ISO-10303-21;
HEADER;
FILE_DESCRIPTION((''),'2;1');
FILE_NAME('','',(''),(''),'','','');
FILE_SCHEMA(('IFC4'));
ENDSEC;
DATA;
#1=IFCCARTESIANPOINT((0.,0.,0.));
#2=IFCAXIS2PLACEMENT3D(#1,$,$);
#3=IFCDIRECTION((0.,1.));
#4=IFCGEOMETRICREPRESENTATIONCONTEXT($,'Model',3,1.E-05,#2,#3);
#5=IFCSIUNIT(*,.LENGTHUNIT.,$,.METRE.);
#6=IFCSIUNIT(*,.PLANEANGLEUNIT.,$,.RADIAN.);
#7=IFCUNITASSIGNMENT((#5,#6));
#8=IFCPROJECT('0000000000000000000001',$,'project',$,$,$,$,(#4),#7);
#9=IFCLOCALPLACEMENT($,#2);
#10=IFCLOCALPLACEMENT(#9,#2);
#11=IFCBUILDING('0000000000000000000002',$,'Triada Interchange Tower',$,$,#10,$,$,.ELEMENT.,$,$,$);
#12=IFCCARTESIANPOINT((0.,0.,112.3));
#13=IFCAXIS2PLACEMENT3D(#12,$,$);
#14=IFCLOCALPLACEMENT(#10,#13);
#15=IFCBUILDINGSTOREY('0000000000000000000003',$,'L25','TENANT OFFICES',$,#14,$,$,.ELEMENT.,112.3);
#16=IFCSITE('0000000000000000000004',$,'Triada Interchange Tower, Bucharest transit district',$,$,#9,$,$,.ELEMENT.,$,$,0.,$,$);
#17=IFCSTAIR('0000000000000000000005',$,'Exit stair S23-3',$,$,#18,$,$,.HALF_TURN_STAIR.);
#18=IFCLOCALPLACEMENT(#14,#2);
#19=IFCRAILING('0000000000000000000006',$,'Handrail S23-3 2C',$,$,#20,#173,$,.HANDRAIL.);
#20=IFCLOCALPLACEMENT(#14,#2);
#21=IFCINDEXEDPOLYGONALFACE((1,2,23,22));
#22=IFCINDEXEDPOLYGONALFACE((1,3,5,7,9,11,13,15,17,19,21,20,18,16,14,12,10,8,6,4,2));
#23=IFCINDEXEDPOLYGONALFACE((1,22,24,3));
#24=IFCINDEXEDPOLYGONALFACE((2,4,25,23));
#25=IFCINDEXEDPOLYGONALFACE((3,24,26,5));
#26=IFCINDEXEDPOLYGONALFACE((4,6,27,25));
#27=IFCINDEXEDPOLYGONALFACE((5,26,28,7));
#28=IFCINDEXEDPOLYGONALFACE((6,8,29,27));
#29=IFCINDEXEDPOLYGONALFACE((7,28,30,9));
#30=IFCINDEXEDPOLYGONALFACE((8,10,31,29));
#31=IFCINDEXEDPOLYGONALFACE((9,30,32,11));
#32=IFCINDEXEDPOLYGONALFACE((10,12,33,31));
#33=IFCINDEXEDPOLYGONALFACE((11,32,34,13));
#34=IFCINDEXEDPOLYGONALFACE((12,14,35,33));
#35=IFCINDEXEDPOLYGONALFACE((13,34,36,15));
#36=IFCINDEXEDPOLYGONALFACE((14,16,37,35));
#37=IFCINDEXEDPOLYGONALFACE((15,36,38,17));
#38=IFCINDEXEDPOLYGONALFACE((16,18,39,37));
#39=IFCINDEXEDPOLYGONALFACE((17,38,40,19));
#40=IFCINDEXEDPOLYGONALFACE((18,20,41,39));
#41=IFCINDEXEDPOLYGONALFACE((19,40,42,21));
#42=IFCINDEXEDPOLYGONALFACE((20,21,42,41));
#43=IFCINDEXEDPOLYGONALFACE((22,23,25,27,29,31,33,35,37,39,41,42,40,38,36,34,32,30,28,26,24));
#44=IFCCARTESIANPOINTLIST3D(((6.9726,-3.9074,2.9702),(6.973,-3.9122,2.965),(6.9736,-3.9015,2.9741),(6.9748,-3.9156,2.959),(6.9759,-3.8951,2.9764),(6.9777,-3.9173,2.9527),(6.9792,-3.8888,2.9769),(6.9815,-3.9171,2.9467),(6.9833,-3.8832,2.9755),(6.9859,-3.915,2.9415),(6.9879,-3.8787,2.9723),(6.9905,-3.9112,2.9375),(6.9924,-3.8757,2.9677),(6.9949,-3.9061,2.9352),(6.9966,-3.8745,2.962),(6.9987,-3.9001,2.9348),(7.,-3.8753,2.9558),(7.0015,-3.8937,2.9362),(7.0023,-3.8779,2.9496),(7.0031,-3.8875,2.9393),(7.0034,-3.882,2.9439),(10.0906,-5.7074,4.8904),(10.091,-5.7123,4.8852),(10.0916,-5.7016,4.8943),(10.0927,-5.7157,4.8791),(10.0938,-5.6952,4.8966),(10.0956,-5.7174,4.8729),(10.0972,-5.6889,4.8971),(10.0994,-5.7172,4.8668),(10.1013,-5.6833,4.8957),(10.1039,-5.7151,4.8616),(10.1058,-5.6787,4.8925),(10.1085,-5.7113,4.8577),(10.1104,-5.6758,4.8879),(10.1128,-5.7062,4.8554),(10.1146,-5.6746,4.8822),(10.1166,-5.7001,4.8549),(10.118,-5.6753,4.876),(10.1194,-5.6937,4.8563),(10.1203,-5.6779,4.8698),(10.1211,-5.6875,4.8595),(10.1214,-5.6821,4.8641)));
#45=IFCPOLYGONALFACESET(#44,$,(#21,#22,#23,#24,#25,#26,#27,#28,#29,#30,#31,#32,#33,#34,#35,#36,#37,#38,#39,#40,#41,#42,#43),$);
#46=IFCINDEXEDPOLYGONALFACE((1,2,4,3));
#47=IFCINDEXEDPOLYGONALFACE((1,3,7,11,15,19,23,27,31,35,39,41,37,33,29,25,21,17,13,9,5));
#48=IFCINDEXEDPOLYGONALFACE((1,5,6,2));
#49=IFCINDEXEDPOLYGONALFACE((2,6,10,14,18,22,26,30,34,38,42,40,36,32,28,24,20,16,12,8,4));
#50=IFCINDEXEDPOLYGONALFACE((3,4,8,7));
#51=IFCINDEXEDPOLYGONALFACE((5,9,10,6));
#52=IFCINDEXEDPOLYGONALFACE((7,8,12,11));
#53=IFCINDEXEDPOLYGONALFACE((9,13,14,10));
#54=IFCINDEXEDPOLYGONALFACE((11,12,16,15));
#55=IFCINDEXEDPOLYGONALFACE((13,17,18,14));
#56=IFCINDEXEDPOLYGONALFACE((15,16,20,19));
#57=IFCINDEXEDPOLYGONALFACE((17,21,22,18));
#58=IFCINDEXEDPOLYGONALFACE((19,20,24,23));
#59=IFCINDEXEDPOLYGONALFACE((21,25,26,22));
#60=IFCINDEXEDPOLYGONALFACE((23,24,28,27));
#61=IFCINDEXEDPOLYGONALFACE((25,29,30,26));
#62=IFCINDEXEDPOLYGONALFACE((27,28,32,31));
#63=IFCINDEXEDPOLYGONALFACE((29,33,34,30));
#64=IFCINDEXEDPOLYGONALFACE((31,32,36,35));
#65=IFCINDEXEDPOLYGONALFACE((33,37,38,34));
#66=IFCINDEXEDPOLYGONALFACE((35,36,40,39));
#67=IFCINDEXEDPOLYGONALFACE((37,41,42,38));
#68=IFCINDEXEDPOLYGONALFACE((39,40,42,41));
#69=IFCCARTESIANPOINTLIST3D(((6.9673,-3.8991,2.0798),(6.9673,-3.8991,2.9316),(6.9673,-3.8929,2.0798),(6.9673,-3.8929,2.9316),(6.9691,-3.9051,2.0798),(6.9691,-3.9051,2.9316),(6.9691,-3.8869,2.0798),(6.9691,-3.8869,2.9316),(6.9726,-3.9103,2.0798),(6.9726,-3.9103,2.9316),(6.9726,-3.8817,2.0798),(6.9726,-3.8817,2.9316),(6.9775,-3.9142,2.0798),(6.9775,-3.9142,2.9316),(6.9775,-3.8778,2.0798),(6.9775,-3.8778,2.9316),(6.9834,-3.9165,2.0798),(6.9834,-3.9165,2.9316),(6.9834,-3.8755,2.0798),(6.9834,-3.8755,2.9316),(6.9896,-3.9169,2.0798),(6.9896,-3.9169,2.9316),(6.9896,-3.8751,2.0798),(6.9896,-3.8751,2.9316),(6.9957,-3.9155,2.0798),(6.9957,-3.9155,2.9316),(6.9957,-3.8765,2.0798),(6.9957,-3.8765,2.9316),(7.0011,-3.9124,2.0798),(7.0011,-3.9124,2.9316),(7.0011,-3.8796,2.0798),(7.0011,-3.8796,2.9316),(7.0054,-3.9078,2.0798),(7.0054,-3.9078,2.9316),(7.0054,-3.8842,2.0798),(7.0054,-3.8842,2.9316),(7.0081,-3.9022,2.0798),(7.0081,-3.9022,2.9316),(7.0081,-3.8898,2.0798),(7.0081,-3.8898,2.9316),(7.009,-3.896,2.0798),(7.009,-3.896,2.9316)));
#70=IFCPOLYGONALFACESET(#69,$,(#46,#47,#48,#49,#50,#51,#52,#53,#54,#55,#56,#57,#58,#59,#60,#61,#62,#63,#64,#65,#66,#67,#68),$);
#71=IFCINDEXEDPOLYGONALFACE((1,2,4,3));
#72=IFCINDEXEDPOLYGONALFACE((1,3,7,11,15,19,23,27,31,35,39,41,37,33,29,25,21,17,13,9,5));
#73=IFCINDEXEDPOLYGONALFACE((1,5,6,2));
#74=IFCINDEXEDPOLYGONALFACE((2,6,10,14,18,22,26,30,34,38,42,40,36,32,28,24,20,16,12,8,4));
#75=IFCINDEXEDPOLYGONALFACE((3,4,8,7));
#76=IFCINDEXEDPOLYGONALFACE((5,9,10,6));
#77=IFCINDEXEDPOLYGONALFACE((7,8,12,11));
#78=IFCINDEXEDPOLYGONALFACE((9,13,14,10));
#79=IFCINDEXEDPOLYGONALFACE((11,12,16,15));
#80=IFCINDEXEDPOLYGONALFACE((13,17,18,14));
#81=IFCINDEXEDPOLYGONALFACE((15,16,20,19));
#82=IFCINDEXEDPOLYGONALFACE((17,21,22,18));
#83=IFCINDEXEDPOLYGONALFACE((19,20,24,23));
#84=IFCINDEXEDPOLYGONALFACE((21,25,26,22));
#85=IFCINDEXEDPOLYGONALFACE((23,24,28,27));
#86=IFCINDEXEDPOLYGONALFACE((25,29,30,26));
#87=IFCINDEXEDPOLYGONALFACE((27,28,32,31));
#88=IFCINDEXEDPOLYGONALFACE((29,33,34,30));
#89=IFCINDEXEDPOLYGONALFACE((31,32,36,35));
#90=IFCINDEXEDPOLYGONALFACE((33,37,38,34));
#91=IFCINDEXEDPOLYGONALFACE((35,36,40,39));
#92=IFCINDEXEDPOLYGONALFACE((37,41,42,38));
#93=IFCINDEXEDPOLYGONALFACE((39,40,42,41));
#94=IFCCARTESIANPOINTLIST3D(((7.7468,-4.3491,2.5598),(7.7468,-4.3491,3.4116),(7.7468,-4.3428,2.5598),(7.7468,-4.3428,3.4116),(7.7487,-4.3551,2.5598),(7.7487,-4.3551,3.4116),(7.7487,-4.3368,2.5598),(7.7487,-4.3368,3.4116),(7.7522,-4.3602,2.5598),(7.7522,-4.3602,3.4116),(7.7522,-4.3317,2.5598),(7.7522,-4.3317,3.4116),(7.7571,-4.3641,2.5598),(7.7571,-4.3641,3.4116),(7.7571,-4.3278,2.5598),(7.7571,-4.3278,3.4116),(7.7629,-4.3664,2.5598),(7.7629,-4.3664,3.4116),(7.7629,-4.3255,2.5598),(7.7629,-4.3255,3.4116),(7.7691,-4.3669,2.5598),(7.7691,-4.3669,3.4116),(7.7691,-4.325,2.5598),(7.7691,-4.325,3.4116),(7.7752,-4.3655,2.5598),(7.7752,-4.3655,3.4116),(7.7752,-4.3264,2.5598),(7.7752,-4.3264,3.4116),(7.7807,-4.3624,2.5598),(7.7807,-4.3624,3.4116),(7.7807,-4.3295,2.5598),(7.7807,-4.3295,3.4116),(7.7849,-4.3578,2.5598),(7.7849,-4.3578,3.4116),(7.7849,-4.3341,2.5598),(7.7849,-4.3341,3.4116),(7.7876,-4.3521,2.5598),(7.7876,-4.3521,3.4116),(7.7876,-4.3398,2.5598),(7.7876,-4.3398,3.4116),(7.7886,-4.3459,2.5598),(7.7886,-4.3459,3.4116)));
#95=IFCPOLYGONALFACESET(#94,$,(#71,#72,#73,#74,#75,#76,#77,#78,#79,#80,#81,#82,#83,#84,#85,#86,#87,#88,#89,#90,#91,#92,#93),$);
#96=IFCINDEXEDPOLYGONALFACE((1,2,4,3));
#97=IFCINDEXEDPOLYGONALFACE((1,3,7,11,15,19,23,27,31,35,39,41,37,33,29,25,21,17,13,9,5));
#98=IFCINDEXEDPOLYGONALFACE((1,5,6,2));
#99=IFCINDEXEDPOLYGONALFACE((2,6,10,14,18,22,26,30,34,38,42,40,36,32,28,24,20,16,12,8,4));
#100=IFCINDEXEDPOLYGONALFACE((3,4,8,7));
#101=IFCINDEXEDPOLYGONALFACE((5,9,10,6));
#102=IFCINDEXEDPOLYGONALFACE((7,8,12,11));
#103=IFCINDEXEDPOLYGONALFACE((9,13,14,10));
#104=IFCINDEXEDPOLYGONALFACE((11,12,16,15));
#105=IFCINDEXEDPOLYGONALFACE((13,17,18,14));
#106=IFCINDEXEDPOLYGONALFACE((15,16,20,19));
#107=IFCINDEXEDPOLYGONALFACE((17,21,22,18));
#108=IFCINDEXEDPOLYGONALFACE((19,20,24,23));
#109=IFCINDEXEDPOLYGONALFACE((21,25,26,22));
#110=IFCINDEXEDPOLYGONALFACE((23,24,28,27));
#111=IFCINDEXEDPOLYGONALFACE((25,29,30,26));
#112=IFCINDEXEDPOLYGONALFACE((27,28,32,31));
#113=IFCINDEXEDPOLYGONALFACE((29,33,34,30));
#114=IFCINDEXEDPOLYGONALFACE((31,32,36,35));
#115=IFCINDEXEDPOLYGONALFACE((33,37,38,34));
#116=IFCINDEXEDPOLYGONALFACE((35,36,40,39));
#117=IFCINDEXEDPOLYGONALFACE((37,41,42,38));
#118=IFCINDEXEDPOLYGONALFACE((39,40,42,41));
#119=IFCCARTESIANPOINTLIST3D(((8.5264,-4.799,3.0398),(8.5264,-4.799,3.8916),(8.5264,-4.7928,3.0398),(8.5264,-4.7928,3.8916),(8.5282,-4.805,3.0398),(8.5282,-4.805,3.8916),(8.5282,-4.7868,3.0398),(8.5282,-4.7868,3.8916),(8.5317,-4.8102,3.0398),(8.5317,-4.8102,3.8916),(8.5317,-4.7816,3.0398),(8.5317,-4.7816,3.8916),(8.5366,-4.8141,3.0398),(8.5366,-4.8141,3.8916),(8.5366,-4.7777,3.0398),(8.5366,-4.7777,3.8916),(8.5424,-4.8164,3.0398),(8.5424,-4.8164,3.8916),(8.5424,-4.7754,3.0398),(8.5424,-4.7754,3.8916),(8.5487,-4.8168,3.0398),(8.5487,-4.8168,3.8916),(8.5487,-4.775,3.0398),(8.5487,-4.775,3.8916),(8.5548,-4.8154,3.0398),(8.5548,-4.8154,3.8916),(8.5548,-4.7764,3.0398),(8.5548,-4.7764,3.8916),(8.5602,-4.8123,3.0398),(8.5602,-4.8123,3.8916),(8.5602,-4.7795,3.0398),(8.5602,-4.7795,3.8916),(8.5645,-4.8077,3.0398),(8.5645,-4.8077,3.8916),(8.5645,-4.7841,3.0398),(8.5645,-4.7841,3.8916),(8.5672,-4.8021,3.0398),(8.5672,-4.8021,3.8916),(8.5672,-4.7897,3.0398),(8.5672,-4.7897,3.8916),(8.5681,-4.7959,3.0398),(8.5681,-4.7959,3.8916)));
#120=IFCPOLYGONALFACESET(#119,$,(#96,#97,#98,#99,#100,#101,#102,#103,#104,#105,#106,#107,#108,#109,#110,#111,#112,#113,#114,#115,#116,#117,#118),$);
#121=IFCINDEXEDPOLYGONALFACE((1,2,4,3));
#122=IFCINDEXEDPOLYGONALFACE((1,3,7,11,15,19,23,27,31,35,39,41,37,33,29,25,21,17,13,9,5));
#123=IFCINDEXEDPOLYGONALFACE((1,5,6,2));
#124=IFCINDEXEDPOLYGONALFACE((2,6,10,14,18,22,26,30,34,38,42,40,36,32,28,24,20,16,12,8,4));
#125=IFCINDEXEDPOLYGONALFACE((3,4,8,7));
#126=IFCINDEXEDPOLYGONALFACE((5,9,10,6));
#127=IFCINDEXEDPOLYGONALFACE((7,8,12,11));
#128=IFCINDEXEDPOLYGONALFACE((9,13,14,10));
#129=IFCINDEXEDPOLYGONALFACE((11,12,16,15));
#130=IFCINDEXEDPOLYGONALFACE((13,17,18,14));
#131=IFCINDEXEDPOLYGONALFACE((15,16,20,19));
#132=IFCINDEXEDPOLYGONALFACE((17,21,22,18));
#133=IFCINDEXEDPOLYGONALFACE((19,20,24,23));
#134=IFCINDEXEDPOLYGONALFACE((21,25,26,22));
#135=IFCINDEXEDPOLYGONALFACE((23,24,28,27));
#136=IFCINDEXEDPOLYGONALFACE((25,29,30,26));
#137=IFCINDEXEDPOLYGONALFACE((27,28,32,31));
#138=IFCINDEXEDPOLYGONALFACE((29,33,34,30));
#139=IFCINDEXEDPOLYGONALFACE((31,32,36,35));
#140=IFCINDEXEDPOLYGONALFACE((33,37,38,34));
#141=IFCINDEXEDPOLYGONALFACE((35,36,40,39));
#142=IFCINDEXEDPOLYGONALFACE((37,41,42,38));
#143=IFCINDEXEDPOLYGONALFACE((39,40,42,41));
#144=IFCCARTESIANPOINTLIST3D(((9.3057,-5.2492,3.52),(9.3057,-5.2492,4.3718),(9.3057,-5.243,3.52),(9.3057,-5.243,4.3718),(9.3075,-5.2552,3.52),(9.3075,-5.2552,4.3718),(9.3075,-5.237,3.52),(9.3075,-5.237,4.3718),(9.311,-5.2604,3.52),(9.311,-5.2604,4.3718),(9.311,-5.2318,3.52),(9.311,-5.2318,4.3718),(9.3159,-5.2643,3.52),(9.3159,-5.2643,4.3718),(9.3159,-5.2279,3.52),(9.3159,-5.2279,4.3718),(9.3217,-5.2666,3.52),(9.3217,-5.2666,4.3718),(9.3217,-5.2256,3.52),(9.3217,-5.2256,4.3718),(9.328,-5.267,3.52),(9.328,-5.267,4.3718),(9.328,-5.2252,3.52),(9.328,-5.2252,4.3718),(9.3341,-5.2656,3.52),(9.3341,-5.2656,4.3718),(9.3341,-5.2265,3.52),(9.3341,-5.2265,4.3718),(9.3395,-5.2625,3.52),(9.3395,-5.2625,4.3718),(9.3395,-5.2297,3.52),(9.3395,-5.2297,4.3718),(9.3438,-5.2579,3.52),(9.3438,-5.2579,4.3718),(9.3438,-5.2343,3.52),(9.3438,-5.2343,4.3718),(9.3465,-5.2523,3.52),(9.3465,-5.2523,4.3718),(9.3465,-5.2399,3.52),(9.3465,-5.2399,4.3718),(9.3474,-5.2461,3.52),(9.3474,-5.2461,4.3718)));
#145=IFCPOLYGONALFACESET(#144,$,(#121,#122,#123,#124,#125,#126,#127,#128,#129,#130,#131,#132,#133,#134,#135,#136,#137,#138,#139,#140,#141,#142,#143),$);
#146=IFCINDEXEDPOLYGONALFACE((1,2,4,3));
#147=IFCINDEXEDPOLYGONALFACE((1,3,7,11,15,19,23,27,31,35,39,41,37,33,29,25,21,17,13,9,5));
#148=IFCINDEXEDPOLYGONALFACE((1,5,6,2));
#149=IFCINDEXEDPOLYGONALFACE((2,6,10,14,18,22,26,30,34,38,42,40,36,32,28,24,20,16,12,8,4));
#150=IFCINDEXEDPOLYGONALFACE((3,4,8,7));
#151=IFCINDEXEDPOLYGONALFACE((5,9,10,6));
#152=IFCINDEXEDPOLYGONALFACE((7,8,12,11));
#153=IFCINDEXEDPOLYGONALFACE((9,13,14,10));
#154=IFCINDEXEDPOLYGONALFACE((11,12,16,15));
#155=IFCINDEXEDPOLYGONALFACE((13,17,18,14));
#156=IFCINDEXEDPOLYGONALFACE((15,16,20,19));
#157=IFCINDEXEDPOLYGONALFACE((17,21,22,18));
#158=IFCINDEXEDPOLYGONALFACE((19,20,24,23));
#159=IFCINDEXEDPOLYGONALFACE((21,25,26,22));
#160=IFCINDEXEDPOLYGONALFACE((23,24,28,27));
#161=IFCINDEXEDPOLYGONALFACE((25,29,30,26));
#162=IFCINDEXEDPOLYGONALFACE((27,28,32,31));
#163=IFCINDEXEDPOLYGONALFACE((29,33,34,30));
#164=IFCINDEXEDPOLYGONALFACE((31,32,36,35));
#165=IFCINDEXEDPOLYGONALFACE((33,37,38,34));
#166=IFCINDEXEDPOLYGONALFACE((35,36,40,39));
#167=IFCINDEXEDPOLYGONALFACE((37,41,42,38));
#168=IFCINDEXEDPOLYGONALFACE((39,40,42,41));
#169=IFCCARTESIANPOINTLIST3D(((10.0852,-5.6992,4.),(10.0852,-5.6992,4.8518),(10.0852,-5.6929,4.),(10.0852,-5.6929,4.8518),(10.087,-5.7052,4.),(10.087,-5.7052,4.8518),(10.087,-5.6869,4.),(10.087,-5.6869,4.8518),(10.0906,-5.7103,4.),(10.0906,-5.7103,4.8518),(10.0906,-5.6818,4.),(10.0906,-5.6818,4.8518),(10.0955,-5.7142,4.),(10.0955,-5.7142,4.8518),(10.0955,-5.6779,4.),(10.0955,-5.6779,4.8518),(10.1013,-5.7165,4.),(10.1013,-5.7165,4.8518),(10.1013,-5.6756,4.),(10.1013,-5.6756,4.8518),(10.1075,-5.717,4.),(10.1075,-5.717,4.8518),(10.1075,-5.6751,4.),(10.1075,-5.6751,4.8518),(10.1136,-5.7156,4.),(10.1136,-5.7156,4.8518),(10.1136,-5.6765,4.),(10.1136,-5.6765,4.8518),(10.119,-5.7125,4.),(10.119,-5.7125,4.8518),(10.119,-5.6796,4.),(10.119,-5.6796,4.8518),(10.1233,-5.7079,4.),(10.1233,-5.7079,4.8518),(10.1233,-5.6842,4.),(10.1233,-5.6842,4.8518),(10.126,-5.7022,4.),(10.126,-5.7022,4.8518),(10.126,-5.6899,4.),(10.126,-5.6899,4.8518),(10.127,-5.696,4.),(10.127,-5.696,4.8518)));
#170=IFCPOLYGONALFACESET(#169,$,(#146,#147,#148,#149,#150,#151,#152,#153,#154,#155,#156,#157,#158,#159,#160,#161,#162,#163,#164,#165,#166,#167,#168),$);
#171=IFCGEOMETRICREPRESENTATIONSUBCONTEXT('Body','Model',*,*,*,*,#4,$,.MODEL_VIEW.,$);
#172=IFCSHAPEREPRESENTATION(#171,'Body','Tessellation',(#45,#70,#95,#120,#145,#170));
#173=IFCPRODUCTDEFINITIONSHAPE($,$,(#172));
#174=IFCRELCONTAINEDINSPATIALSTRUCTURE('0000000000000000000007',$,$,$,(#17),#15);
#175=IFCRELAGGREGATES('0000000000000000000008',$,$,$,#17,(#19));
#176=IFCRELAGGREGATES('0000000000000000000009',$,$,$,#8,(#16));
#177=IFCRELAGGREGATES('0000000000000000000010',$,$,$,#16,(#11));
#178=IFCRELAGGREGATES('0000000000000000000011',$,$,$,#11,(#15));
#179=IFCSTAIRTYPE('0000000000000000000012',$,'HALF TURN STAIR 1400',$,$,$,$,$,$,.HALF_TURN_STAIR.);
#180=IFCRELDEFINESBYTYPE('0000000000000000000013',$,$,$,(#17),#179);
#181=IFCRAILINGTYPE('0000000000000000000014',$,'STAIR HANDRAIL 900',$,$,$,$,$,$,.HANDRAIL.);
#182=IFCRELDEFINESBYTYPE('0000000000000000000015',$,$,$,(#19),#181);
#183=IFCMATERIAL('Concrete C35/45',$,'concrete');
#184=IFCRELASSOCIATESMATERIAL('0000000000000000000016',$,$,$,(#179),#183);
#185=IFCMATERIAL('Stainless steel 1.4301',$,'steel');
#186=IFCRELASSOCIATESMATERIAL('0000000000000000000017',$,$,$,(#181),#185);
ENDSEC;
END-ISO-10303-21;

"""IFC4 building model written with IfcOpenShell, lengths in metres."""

from ifc_helpers import new_model, si_unit, direction, frame, origin, origin_2d, place, context, subcontext, project, spatial, circle, extrude, material, type_object, element, aggregate, save


model = new_model("IFC4")

# Units and contexts
model_context = context("Model", 3, precision=1e-05, world=origin(), true_north=direction((0.0, 1.0)))
body_context = subcontext(model_context, "Body", "Model", "MODEL_VIEW")
ifc_project = project(units=[si_unit("LENGTHUNIT", "METRE"), si_unit("PLANEANGLEUNIT", "RADIAN")], contexts=[model_context])

# Site, building, storey
site_placement = place(None, origin())
site = spatial("IfcSite", under=ifc_project, at=site_placement, Name="Triada Interchange Tower, Bucharest transit district", CompositionType="ELEMENT", RefElevation=0.0)
building_placement = place(site_placement, origin())
building = spatial("IfcBuilding", under=site, at=building_placement, Name="Triada Interchange Tower", CompositionType="ELEMENT")
storey_placement = place(building_placement, frame((0.0, 0.0, 112.3)))
storey = spatial("IfcBuildingStorey", under=building, at=storey_placement, Name="L25", Description="TENANT OFFICES", CompositionType="ELEMENT", Elevation=112.3)

# Stair, railing
ifc_material_1 = material(Name="Concrete C35/45", Category="concrete")
stair_type = type_object("IfcStairType", Name="HALF TURN STAIR 1400", PredefinedType="HALF_TURN_STAIR", material=ifc_material_1)
stair_placement = place(storey_placement, origin())
stair = element("IfcStair", 1, at=stair_placement, inside=storey, type_object=stair_type, Name="Exit stair S23-3", PredefinedType="HALF_TURN_STAIR")
ifc_material_2 = material(Name="Stainless steel 1.4301", Category="steel")
railing_type = type_object("IfcRailingType", Name="STAIR HANDRAIL 900", PredefinedType="HANDRAIL", material=ifc_material_2)
railing_1_placement = place(storey_placement, frame((6.988, -3.896, 2.0798)))
railing_1 = element("IfcRailing", 2, at=railing_1_placement, type_object=railing_type, Name="Handrail S23-3 2C", PredefinedType="HANDRAIL", context=body_context, shape_type="SweptSolid", body=[
    extrude(circle(Radius=0.0239, at=origin_2d()), frame((0.0, 0.0, 0.876), z_axis=(0.764145, -0.441159, 0.470597), x_axis=(0.499983, 0.866035, 0.0)), (0.0, 0.0, 1.0), 4.0803),
    extrude(circle(Radius=0.021, at=origin_2d()), origin(), (0.0, 0.0, 1.0), 0.8518),
    extrude(circle(Radius=0.021, at=origin_2d()), frame((0.7795, -0.45, 0.48)), (0.0, 0.0, 1.0), 0.8518),
    extrude(circle(Radius=0.021, at=origin_2d()), frame((1.5591, -0.8999, 0.96)), (0.0, 0.0, 1.0), 0.8518),
    extrude(circle(Radius=0.021, at=origin_2d()), frame((2.3384, -1.3501, 1.4402)), (0.0, 0.0, 1.0), 0.8518),
    extrude(circle(Radius=0.021, at=origin_2d()), frame((3.1179, -1.8, 1.9202)), (0.0, 0.0, 1.0), 0.8518),
])
aggregate(stair, [railing_1])

save(model, "model.ifc")
